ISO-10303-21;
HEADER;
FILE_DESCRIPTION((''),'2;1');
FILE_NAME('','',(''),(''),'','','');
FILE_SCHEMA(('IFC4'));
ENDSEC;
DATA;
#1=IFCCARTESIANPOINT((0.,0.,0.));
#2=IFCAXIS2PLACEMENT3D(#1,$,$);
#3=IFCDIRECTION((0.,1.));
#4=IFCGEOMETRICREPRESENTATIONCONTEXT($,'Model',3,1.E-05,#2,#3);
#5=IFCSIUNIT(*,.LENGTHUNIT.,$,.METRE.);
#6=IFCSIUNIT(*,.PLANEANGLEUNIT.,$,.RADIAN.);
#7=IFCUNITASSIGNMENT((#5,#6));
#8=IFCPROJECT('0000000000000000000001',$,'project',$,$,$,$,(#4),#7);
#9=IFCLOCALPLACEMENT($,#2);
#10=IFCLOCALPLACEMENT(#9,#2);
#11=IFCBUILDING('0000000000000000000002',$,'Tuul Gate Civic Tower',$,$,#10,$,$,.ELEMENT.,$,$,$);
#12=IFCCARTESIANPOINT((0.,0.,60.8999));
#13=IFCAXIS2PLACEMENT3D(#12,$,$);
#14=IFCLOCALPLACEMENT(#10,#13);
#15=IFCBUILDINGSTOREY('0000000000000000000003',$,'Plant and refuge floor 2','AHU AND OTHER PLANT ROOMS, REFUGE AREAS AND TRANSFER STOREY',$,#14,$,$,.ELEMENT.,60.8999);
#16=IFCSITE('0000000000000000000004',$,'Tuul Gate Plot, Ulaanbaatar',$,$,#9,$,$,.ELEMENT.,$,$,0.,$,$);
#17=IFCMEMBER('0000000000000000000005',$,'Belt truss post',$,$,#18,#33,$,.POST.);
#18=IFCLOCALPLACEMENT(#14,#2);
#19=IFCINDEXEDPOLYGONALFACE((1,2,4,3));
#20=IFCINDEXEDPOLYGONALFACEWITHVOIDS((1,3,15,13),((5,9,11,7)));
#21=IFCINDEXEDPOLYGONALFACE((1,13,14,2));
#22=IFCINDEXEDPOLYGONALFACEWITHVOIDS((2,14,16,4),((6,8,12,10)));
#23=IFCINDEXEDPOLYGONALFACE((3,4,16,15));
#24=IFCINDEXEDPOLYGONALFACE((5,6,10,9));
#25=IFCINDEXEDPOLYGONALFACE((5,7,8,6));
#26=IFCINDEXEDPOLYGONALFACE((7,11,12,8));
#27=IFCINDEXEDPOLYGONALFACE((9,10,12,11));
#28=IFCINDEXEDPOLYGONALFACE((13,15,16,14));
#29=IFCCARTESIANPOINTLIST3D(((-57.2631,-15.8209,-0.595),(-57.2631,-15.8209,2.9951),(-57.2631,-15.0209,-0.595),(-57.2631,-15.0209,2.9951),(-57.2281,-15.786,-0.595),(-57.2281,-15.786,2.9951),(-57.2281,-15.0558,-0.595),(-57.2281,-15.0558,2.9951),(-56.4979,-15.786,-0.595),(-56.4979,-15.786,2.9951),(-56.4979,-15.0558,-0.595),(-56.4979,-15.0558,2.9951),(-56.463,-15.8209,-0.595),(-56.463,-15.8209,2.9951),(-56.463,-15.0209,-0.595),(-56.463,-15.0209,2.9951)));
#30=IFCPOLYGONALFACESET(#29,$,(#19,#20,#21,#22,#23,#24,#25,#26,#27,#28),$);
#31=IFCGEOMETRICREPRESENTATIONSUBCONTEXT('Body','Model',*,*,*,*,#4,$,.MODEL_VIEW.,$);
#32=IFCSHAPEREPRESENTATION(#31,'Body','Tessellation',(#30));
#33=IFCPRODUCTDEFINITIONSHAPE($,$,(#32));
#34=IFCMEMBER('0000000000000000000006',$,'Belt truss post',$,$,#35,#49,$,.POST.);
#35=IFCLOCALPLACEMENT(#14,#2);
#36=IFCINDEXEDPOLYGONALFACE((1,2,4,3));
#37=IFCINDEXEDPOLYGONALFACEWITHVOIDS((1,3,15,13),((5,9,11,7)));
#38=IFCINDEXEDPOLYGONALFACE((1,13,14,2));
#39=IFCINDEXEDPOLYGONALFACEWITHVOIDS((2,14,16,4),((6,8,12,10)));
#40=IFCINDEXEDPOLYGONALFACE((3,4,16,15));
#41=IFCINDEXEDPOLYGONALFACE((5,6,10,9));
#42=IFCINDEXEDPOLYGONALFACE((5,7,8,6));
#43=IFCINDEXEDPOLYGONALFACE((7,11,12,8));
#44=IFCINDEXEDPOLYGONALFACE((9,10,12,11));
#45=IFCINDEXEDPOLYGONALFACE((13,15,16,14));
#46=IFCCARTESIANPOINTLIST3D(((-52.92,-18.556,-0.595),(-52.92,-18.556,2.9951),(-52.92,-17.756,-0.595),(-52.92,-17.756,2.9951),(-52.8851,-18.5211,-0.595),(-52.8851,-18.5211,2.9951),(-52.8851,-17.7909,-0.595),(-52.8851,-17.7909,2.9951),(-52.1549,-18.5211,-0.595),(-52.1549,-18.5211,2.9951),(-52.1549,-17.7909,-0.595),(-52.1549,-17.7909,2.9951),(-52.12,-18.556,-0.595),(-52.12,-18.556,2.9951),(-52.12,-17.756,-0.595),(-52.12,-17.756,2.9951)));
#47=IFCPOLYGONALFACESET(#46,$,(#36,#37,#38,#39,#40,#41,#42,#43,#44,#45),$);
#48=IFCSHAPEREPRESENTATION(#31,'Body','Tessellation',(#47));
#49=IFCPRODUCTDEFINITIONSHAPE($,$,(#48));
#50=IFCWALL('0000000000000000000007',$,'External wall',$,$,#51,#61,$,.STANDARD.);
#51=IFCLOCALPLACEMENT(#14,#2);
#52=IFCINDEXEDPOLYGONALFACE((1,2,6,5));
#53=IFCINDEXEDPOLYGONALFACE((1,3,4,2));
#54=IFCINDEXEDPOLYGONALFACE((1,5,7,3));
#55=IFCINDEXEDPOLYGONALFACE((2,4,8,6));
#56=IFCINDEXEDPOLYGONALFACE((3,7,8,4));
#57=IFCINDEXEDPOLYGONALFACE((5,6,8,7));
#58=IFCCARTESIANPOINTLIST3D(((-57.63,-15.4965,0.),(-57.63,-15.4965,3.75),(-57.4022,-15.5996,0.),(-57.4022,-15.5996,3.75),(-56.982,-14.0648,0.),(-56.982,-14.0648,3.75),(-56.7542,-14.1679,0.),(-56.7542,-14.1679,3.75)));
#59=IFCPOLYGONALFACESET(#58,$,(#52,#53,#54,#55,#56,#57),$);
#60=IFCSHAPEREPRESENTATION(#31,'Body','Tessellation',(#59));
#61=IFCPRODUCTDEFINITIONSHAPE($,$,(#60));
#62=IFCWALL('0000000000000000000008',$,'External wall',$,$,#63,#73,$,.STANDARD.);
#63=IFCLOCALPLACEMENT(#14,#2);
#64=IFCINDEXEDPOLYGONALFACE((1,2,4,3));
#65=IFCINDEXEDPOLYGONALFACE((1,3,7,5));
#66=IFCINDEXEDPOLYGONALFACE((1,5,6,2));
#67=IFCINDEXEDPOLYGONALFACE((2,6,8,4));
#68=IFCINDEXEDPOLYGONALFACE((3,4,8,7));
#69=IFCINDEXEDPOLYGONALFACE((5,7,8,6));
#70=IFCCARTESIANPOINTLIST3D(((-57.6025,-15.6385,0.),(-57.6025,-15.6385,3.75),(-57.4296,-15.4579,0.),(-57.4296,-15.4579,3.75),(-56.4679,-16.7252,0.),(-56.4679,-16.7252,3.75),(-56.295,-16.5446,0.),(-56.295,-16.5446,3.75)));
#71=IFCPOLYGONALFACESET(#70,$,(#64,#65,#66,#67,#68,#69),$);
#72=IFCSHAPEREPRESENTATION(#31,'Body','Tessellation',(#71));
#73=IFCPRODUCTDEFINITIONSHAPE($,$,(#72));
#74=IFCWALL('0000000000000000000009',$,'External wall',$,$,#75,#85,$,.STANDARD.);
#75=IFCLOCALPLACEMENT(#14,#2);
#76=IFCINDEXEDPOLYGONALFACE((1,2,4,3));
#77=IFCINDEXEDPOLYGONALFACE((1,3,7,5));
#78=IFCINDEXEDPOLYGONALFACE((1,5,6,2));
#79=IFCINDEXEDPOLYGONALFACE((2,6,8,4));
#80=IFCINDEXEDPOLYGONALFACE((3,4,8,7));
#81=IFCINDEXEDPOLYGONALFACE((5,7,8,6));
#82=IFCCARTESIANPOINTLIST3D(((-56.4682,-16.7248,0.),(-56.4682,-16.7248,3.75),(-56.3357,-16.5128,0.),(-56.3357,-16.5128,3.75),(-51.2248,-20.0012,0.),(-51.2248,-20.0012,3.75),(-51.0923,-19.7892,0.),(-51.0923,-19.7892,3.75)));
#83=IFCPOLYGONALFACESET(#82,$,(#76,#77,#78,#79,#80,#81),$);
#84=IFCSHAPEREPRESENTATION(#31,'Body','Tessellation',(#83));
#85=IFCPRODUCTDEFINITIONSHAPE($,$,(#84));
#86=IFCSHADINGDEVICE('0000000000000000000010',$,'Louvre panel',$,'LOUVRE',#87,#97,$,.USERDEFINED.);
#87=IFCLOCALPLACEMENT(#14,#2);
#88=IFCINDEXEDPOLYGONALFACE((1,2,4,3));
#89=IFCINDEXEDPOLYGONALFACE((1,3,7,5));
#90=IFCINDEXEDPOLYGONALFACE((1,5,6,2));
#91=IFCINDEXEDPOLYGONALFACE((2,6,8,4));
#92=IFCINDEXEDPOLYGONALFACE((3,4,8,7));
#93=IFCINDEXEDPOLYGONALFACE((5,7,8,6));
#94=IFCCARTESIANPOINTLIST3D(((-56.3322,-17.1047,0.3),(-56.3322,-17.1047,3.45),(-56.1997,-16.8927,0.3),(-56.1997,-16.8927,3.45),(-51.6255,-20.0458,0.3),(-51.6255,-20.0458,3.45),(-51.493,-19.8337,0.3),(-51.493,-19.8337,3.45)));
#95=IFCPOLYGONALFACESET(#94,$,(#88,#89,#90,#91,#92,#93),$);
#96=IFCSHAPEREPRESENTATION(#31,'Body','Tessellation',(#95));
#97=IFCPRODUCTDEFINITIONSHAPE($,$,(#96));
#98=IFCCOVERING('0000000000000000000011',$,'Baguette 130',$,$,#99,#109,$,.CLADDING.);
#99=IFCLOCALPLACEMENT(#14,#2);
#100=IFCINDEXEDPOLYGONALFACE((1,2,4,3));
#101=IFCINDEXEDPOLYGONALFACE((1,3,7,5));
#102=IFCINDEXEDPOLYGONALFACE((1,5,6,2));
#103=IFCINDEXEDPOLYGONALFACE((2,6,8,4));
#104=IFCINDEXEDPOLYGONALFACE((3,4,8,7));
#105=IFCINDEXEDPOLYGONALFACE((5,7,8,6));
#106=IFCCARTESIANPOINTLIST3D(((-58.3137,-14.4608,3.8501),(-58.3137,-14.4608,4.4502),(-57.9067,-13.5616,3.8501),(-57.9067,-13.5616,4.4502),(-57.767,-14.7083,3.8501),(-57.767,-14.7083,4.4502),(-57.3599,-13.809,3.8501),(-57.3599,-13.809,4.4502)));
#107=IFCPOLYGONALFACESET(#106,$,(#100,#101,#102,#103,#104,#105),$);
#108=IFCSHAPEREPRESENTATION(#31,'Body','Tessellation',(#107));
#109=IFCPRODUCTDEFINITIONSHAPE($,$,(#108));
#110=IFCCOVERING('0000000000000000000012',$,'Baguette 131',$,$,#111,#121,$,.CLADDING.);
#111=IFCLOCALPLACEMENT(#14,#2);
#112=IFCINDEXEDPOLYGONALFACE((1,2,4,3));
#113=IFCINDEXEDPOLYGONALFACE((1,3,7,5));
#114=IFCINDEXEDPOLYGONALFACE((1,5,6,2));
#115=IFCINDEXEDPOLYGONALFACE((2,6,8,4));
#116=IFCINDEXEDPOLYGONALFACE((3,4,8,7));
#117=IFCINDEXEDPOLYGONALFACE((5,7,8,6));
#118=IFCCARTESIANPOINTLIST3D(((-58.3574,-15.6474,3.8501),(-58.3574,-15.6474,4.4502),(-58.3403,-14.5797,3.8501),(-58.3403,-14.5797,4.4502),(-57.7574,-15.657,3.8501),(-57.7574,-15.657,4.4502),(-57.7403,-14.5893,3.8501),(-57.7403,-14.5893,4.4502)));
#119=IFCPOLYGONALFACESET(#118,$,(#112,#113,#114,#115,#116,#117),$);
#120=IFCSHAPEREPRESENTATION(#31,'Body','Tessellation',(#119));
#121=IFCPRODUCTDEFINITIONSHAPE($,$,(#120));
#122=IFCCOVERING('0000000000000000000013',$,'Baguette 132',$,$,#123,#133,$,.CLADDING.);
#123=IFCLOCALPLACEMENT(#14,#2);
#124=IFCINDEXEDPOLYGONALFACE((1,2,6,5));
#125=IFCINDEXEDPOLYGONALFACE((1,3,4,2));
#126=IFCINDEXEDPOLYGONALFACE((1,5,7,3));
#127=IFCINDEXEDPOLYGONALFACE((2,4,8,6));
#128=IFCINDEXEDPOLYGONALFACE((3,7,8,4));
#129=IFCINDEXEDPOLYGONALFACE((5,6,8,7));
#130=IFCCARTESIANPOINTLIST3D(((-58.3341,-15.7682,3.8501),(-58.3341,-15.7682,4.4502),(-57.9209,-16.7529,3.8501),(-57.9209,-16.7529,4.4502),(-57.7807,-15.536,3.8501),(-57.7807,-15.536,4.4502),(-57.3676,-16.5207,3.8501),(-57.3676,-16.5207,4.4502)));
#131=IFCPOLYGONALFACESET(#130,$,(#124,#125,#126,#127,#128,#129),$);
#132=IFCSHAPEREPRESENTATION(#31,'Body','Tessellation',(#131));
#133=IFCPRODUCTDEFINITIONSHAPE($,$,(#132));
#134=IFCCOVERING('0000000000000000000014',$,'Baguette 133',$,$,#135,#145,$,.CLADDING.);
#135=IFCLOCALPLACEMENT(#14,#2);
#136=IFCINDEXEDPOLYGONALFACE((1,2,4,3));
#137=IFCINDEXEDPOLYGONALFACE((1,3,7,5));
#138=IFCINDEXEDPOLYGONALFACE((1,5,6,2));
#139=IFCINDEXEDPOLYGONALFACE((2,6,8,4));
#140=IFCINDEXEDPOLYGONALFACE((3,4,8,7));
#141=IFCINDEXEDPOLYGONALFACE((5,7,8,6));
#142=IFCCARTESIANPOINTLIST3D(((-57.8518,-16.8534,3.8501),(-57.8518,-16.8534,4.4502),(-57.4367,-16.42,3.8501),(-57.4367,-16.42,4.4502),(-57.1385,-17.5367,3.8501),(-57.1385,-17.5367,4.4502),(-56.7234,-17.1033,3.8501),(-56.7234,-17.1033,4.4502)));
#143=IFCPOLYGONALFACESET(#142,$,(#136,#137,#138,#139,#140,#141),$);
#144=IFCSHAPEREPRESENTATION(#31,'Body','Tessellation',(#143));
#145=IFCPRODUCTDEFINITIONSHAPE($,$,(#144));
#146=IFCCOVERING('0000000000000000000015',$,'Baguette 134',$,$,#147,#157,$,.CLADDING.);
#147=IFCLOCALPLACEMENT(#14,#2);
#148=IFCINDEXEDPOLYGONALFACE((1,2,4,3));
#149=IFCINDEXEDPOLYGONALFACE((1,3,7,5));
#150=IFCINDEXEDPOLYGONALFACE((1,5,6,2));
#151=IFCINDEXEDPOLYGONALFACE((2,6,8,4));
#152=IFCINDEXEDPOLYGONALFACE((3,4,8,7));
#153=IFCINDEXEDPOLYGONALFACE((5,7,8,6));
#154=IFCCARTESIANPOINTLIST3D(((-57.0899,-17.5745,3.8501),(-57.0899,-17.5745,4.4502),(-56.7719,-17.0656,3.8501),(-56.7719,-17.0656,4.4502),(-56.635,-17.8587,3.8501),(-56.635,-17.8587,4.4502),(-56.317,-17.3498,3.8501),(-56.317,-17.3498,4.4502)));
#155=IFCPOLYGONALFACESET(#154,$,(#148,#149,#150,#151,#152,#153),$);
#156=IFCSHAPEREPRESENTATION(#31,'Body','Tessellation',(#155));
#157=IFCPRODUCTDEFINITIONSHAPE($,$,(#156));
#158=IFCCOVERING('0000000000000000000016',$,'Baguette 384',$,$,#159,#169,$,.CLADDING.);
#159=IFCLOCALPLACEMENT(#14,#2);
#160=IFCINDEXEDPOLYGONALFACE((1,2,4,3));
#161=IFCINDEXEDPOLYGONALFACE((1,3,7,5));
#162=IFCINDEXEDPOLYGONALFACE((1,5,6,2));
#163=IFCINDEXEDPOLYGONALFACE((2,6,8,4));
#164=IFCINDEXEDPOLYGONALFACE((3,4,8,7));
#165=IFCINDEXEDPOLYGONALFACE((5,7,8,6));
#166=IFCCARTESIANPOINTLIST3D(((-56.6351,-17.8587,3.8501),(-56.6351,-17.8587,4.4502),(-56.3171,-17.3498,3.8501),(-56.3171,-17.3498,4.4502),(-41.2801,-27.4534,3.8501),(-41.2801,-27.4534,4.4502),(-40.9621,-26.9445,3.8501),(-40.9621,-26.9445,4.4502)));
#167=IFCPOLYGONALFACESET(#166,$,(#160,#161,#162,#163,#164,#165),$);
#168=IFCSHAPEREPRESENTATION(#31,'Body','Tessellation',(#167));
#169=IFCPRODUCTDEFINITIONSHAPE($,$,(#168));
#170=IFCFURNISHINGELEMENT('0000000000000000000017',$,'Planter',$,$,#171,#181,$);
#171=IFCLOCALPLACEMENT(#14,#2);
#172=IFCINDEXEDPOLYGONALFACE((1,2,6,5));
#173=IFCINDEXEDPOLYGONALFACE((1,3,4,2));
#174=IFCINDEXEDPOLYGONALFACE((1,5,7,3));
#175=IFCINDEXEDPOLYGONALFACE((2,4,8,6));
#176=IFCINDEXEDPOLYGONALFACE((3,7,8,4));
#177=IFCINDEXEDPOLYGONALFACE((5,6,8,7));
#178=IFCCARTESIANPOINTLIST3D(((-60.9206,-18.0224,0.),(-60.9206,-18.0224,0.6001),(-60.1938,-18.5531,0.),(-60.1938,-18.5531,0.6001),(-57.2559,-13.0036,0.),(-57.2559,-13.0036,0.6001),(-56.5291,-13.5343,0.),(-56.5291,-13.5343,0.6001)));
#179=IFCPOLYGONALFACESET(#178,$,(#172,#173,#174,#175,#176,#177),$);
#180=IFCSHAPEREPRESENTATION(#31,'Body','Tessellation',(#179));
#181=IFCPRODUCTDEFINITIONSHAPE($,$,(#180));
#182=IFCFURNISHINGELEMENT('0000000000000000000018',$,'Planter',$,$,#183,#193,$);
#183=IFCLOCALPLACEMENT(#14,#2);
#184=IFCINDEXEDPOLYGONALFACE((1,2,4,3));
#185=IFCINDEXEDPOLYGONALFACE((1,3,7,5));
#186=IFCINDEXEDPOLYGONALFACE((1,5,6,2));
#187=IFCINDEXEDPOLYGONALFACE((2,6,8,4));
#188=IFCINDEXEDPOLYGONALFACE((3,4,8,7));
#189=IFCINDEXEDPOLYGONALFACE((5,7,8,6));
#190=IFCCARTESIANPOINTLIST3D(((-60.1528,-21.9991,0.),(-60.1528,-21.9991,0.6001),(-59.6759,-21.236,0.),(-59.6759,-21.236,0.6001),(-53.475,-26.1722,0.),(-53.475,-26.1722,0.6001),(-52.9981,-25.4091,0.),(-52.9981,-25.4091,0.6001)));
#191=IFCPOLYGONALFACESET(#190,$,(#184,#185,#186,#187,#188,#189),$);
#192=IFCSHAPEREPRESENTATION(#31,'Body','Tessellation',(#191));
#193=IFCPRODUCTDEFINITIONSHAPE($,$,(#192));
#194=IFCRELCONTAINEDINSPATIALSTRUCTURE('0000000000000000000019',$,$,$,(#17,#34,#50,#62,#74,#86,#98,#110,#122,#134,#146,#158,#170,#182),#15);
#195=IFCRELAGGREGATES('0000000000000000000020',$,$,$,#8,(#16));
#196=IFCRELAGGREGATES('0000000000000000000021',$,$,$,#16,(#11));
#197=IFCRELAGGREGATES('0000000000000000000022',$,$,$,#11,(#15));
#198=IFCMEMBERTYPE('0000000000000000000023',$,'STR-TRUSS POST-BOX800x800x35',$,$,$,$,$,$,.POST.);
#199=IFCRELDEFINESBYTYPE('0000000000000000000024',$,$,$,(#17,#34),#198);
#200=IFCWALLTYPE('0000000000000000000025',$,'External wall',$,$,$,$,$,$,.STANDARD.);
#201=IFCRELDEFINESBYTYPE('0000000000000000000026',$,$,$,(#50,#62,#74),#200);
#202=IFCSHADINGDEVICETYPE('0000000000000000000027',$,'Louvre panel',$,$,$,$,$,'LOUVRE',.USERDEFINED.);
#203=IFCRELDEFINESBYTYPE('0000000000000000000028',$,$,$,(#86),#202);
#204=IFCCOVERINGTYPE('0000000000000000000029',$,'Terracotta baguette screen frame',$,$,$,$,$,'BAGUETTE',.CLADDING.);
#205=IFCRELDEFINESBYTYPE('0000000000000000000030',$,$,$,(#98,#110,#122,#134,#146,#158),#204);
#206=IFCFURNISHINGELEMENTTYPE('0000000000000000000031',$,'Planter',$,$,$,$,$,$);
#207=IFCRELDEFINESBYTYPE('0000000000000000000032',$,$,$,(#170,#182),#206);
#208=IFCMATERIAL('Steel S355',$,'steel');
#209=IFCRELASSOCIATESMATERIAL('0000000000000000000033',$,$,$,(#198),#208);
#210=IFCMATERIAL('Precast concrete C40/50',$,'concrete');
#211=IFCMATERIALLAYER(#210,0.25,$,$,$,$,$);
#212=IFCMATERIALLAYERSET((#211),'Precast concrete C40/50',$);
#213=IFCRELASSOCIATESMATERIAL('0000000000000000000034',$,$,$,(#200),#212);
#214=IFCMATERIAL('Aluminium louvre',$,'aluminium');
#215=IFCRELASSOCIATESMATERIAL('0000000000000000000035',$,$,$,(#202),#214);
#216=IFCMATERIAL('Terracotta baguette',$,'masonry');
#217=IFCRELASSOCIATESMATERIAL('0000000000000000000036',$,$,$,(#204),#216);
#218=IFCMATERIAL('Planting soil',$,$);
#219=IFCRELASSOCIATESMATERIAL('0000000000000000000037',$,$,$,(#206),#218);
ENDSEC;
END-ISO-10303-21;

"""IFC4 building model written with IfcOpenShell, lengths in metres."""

from ifc_helpers import new_model, si_unit, direction, frame, frame_2d, origin, origin_2d, place, context, subcontext, project, spatial, rectangle, hollow_rectangle, extrude, material, layer, layer_set, material_profile, profile_set, type_object, element, save


model = new_model("IFC4")

# Units and contexts
model_context = context("Model", 3, precision=1e-05, world=origin(), true_north=direction((0.0, 1.0)))
body_context = subcontext(model_context, "Body", "Model", "MODEL_VIEW")
ifc_project = project(units=[si_unit("LENGTHUNIT", "METRE"), si_unit("PLANEANGLEUNIT", "RADIAN")], contexts=[model_context])

# Site, building, storey
site_placement = place(None, origin())
site = spatial("IfcSite", under=ifc_project, at=site_placement, Name="Tuul Gate Plot, Ulaanbaatar", CompositionType="ELEMENT", RefElevation=0.0)
building_placement = place(site_placement, origin())
building = spatial("IfcBuilding", under=site, at=building_placement, Name="Tuul Gate Civic Tower", CompositionType="ELEMENT")
storey_placement = place(building_placement, frame((0.0, 0.0, 60.8999)))
storey = spatial("IfcBuildingStorey", under=building, at=storey_placement, Name="Plant and refuge floor 2", Description="AHU AND OTHER PLANT ROOMS, REFUGE AREAS AND TRANSFER STOREY", CompositionType="ELEMENT", Elevation=60.8999)

# Members
ifc_material_1 = material(Name="Steel S355", Category="steel")
ifc_material_profile_1 = material_profile(ifc_material_1, hollow_rectangle(XDim=0.8, YDim=0.8, WallThickness=0.0349, at=origin_2d()), Name="BOX800x800x35")
ifc_profile_set_1 = profile_set([ifc_material_profile_1], Name="Steel S355")
member_type_1 = type_object("IfcMemberType", Name="STR-TRUSS POST-BOX800x800x35", PredefinedType="POST", material=ifc_profile_set_1)
for number, where, z_axis, x_axis, name in (
    (1, (-56.863, -15.4209, -0.595), (0.0, 0.0, 1.0), (1.0, 0.0, 0.0), "Belt truss post"),
    (2, (-52.52, -18.156, -0.595), (0.0, 0.0, 1.0), (1.0, 0.0, 0.0), "Belt truss post"),
):
    element("IfcMember", number, at=place(storey_placement, frame(where, z_axis=z_axis, x_axis=x_axis)), inside=storey, type_object=member_type_1, Name=name, PredefinedType="POST", context=body_context, shape_type="SweptSolid", body=[
        extrude(hollow_rectangle(XDim=0.8, YDim=0.8, WallThickness=0.0349, at=origin_2d()), origin(), (0.0, 0.0, 1.0), 3.5901),
    ])

# Walls
ifc_material_2 = material(Name="Precast concrete C40/50", Category="concrete")
ifc_layer = layer(ifc_material_2, 0.25)
ifc_layer_set = layer_set([ifc_layer], Name="Precast concrete C40/50")
wall_type = type_object("IfcWallType", Name="External wall", PredefinedType="STANDARD", material=ifc_layer_set)
wall_1_placement = place(storey_placement, frame((-56.8682, -14.1165, 0.0), z_axis=(0.0, 0.0, 1.0), x_axis=(-0.412328, -0.911036, 0.0)))
element("IfcWall", 3, at=wall_1_placement, inside=storey, type_object=wall_type, Name="External wall", PredefinedType="STANDARD", context=body_context, shape_type="SweptSolid", body=[
    extrude(rectangle(XDim=1.5715, YDim=0.25, at=frame_2d((0.7856, 0.0))), origin(), (0.0, 0.0, 1.0), 3.75),
])
wall_2_placement = place(storey_placement, frame((-57.5161, -15.5481, 0.0), z_axis=(0.0, 0.0, 1.0), x_axis=(0.722173, -0.691713, 0.0)))
element("IfcWall", 4, at=wall_2_placement, inside=storey, type_object=wall_type, Name="External wall", PredefinedType="STANDARD", context=body_context, shape_type="SweptSolid", body=[
    extrude(rectangle(XDim=1.571, YDim=0.25, at=frame_2d((0.7856, 0.0))), origin(), (0.0, 0.0, 1.0), 3.75),
])
wall_3_placement = place(storey_placement, frame((-56.4019, -16.6189, 0.0), z_axis=(0.0, 0.0, 1.0), x_axis=(0.848054, -0.52991, 0.0)))
element("IfcWall", 5, at=wall_3_placement, inside=storey, type_object=wall_type, Name="External wall", PredefinedType="STANDARD", context=body_context, shape_type="SweptSolid", body=[
    extrude(rectangle(XDim=6.1829, YDim=0.25, at=frame_2d((3.0913, 0.0))), origin(), (0.0, 0.0, 1.0), 3.75),
])

# Shading device
ifc_material_3 = material(Name="Aluminium louvre", Category="aluminium")
shading_device_type = type_object("IfcShadingDeviceType", Name="Louvre panel", ElementType="LOUVRE", PredefinedType="USERDEFINED", material=ifc_material_3)
shading_device_placement = place(storey_placement, frame((-53.9126, -18.4692, 0.3), z_axis=(0.0, 0.0, 1.0), x_axis=(-0.529912, -0.848053, 0.0)))
element("IfcShadingDevice", 6, at=shading_device_placement, inside=storey, type_object=shading_device_type, Name="Louvre panel", ObjectType="LOUVRE", PredefinedType="USERDEFINED", context=body_context, shape_type="SweptSolid", body=[
    extrude(rectangle(XDim=0.25, YDim=5.55, at=origin_2d()), origin(), (0.0, 0.0, 1.0), 3.1499),
])

# Coverings
ifc_material_4 = material(Name="Terracotta baguette", Category="masonry")
ifc_material_profile_2 = material_profile(ifc_material_4, rectangle(XDim=0.6001, YDim=0.6001, at=origin_2d()), Name="Terracotta baguette screen frame")
ifc_profile_set_2 = profile_set([ifc_material_profile_2], Name="Terracotta baguette")
covering_type = type_object("IfcCoveringType", Name="Terracotta baguette screen frame", ElementType="BAGUETTE", PredefinedType="CLADDING", material=ifc_profile_set_2)
covering_1_placement = place(storey_placement, frame((-57.6333, -13.6853, 4.1501), z_axis=(-0.412349, -0.911026, 0.0), x_axis=(0.911026, -0.412349, 0.0)))
element("IfcCovering", 7, at=covering_1_placement, inside=storey, type_object=covering_type, Name="Baguette 130", PredefinedType="CLADDING", context=body_context, shape_type="SweptSolid", body=[
    extrude(rectangle(XDim=0.6001, YDim=0.6001, at=origin_2d()), origin(), (0.0, 0.0, 1.0), 0.9871),
])
for number, where, z_axis, x_axis, name in (
    (8, (-58.0403, -14.5845, 4.1501), (-0.016005, -0.999872, 0.0), (0.999872, -0.016005, 0.0), "Baguette 131"),
    (9, (-58.0574, -15.6521, 4.1501), (0.386871, -0.922134, 0.0), (0.922134, 0.386871, 0.0), "Baguette 132"),
):
    element("IfcCovering", number, at=place(storey_placement, frame(where, z_axis=z_axis, x_axis=x_axis)), inside=storey, type_object=covering_type, Name=name, PredefinedType="CLADDING", context=body_context, shape_type="SweptSolid", body=[
        extrude(rectangle(XDim=0.6001, YDim=0.6001, at=origin_2d()), origin(), (0.0, 0.0, 1.0), 1.0679),
    ])
covering_2_placement = place(storey_placement, frame((-57.6443, -16.6367, 4.1501), z_axis=(0.722143, -0.691744, 0.0), x_axis=(0.691744, 0.722143, 0.0)))
element("IfcCovering", 10, at=covering_2_placement, inside=storey, type_object=covering_type, Name="Baguette 133", PredefinedType="CLADDING", context=body_context, shape_type="SweptSolid", body=[
    extrude(rectangle(XDim=0.6001, YDim=0.6001, at=origin_2d()), origin(), (0.0, 0.0, 1.0), 0.9878),
])
covering_3_placement = place(storey_placement, frame((-56.9309, -17.3201, 4.1501), z_axis=(0.848075, -0.529876, 0.0), x_axis=(0.529876, 0.848075, 0.0)))
element("IfcCovering", 11, at=covering_3_placement, inside=storey, type_object=covering_type, Name="Baguette 134", PredefinedType="CLADDING", context=body_context, shape_type="SweptSolid", body=[
    extrude(rectangle(XDim=0.6001, YDim=0.6001, at=origin_2d()), origin(), (0.0, 0.0, 1.0), 0.5364),
])
covering_4_placement = place(storey_placement, frame((-56.4761, -17.6042, 4.1501), z_axis=(0.848051, -0.529914, 0.0), x_axis=(0.529914, 0.848051, 0.0)))
element("IfcCovering", 12, at=covering_4_placement, inside=storey, type_object=covering_type, Name="Baguette 384", PredefinedType="CLADDING", context=body_context, shape_type="SweptSolid", body=[
    extrude(rectangle(XDim=0.6001, YDim=0.6001, at=origin_2d()), origin(), (0.0, 0.0, 1.0), 18.1062),
])

# Furnishing elements
ifc_material_5 = material(Name="Planting soil")
furnishing_element_type = type_object("IfcFurnishingElementType", Name="Planter", material=ifc_material_5)
furnishing_1_placement = place(storey_placement, frame((-58.7249, -15.7783, 0.0), z_axis=(0.0, 0.0, 1.0), x_axis=(-0.589717, -0.80761, 0.0)))
element("IfcFurnishingElement", 13, at=furnishing_1_placement, inside=storey, type_object=furnishing_element_type, Name="Planter", context=body_context, shape_type="SweptSolid", body=[
    extrude(rectangle(XDim=6.2144, YDim=0.8999, at=origin_2d()), origin(), (0.0, 0.0, 1.0), 0.6001),
])
furnishing_2_placement = place(storey_placement, frame((-56.5754, -23.7041, 0.0), z_axis=(0.0, 0.0, 1.0), x_axis=(0.848029, -0.52995, 0.0)))
element("IfcFurnishingElement", 14, at=furnishing_2_placement, inside=storey, type_object=furnishing_element_type, Name="Planter", context=body_context, shape_type="SweptSolid", body=[
    extrude(rectangle(XDim=7.8745, YDim=0.8999, at=origin_2d()), origin(), (0.0, 0.0, 1.0), 0.6001),
])

save(model, "model.ifc")
